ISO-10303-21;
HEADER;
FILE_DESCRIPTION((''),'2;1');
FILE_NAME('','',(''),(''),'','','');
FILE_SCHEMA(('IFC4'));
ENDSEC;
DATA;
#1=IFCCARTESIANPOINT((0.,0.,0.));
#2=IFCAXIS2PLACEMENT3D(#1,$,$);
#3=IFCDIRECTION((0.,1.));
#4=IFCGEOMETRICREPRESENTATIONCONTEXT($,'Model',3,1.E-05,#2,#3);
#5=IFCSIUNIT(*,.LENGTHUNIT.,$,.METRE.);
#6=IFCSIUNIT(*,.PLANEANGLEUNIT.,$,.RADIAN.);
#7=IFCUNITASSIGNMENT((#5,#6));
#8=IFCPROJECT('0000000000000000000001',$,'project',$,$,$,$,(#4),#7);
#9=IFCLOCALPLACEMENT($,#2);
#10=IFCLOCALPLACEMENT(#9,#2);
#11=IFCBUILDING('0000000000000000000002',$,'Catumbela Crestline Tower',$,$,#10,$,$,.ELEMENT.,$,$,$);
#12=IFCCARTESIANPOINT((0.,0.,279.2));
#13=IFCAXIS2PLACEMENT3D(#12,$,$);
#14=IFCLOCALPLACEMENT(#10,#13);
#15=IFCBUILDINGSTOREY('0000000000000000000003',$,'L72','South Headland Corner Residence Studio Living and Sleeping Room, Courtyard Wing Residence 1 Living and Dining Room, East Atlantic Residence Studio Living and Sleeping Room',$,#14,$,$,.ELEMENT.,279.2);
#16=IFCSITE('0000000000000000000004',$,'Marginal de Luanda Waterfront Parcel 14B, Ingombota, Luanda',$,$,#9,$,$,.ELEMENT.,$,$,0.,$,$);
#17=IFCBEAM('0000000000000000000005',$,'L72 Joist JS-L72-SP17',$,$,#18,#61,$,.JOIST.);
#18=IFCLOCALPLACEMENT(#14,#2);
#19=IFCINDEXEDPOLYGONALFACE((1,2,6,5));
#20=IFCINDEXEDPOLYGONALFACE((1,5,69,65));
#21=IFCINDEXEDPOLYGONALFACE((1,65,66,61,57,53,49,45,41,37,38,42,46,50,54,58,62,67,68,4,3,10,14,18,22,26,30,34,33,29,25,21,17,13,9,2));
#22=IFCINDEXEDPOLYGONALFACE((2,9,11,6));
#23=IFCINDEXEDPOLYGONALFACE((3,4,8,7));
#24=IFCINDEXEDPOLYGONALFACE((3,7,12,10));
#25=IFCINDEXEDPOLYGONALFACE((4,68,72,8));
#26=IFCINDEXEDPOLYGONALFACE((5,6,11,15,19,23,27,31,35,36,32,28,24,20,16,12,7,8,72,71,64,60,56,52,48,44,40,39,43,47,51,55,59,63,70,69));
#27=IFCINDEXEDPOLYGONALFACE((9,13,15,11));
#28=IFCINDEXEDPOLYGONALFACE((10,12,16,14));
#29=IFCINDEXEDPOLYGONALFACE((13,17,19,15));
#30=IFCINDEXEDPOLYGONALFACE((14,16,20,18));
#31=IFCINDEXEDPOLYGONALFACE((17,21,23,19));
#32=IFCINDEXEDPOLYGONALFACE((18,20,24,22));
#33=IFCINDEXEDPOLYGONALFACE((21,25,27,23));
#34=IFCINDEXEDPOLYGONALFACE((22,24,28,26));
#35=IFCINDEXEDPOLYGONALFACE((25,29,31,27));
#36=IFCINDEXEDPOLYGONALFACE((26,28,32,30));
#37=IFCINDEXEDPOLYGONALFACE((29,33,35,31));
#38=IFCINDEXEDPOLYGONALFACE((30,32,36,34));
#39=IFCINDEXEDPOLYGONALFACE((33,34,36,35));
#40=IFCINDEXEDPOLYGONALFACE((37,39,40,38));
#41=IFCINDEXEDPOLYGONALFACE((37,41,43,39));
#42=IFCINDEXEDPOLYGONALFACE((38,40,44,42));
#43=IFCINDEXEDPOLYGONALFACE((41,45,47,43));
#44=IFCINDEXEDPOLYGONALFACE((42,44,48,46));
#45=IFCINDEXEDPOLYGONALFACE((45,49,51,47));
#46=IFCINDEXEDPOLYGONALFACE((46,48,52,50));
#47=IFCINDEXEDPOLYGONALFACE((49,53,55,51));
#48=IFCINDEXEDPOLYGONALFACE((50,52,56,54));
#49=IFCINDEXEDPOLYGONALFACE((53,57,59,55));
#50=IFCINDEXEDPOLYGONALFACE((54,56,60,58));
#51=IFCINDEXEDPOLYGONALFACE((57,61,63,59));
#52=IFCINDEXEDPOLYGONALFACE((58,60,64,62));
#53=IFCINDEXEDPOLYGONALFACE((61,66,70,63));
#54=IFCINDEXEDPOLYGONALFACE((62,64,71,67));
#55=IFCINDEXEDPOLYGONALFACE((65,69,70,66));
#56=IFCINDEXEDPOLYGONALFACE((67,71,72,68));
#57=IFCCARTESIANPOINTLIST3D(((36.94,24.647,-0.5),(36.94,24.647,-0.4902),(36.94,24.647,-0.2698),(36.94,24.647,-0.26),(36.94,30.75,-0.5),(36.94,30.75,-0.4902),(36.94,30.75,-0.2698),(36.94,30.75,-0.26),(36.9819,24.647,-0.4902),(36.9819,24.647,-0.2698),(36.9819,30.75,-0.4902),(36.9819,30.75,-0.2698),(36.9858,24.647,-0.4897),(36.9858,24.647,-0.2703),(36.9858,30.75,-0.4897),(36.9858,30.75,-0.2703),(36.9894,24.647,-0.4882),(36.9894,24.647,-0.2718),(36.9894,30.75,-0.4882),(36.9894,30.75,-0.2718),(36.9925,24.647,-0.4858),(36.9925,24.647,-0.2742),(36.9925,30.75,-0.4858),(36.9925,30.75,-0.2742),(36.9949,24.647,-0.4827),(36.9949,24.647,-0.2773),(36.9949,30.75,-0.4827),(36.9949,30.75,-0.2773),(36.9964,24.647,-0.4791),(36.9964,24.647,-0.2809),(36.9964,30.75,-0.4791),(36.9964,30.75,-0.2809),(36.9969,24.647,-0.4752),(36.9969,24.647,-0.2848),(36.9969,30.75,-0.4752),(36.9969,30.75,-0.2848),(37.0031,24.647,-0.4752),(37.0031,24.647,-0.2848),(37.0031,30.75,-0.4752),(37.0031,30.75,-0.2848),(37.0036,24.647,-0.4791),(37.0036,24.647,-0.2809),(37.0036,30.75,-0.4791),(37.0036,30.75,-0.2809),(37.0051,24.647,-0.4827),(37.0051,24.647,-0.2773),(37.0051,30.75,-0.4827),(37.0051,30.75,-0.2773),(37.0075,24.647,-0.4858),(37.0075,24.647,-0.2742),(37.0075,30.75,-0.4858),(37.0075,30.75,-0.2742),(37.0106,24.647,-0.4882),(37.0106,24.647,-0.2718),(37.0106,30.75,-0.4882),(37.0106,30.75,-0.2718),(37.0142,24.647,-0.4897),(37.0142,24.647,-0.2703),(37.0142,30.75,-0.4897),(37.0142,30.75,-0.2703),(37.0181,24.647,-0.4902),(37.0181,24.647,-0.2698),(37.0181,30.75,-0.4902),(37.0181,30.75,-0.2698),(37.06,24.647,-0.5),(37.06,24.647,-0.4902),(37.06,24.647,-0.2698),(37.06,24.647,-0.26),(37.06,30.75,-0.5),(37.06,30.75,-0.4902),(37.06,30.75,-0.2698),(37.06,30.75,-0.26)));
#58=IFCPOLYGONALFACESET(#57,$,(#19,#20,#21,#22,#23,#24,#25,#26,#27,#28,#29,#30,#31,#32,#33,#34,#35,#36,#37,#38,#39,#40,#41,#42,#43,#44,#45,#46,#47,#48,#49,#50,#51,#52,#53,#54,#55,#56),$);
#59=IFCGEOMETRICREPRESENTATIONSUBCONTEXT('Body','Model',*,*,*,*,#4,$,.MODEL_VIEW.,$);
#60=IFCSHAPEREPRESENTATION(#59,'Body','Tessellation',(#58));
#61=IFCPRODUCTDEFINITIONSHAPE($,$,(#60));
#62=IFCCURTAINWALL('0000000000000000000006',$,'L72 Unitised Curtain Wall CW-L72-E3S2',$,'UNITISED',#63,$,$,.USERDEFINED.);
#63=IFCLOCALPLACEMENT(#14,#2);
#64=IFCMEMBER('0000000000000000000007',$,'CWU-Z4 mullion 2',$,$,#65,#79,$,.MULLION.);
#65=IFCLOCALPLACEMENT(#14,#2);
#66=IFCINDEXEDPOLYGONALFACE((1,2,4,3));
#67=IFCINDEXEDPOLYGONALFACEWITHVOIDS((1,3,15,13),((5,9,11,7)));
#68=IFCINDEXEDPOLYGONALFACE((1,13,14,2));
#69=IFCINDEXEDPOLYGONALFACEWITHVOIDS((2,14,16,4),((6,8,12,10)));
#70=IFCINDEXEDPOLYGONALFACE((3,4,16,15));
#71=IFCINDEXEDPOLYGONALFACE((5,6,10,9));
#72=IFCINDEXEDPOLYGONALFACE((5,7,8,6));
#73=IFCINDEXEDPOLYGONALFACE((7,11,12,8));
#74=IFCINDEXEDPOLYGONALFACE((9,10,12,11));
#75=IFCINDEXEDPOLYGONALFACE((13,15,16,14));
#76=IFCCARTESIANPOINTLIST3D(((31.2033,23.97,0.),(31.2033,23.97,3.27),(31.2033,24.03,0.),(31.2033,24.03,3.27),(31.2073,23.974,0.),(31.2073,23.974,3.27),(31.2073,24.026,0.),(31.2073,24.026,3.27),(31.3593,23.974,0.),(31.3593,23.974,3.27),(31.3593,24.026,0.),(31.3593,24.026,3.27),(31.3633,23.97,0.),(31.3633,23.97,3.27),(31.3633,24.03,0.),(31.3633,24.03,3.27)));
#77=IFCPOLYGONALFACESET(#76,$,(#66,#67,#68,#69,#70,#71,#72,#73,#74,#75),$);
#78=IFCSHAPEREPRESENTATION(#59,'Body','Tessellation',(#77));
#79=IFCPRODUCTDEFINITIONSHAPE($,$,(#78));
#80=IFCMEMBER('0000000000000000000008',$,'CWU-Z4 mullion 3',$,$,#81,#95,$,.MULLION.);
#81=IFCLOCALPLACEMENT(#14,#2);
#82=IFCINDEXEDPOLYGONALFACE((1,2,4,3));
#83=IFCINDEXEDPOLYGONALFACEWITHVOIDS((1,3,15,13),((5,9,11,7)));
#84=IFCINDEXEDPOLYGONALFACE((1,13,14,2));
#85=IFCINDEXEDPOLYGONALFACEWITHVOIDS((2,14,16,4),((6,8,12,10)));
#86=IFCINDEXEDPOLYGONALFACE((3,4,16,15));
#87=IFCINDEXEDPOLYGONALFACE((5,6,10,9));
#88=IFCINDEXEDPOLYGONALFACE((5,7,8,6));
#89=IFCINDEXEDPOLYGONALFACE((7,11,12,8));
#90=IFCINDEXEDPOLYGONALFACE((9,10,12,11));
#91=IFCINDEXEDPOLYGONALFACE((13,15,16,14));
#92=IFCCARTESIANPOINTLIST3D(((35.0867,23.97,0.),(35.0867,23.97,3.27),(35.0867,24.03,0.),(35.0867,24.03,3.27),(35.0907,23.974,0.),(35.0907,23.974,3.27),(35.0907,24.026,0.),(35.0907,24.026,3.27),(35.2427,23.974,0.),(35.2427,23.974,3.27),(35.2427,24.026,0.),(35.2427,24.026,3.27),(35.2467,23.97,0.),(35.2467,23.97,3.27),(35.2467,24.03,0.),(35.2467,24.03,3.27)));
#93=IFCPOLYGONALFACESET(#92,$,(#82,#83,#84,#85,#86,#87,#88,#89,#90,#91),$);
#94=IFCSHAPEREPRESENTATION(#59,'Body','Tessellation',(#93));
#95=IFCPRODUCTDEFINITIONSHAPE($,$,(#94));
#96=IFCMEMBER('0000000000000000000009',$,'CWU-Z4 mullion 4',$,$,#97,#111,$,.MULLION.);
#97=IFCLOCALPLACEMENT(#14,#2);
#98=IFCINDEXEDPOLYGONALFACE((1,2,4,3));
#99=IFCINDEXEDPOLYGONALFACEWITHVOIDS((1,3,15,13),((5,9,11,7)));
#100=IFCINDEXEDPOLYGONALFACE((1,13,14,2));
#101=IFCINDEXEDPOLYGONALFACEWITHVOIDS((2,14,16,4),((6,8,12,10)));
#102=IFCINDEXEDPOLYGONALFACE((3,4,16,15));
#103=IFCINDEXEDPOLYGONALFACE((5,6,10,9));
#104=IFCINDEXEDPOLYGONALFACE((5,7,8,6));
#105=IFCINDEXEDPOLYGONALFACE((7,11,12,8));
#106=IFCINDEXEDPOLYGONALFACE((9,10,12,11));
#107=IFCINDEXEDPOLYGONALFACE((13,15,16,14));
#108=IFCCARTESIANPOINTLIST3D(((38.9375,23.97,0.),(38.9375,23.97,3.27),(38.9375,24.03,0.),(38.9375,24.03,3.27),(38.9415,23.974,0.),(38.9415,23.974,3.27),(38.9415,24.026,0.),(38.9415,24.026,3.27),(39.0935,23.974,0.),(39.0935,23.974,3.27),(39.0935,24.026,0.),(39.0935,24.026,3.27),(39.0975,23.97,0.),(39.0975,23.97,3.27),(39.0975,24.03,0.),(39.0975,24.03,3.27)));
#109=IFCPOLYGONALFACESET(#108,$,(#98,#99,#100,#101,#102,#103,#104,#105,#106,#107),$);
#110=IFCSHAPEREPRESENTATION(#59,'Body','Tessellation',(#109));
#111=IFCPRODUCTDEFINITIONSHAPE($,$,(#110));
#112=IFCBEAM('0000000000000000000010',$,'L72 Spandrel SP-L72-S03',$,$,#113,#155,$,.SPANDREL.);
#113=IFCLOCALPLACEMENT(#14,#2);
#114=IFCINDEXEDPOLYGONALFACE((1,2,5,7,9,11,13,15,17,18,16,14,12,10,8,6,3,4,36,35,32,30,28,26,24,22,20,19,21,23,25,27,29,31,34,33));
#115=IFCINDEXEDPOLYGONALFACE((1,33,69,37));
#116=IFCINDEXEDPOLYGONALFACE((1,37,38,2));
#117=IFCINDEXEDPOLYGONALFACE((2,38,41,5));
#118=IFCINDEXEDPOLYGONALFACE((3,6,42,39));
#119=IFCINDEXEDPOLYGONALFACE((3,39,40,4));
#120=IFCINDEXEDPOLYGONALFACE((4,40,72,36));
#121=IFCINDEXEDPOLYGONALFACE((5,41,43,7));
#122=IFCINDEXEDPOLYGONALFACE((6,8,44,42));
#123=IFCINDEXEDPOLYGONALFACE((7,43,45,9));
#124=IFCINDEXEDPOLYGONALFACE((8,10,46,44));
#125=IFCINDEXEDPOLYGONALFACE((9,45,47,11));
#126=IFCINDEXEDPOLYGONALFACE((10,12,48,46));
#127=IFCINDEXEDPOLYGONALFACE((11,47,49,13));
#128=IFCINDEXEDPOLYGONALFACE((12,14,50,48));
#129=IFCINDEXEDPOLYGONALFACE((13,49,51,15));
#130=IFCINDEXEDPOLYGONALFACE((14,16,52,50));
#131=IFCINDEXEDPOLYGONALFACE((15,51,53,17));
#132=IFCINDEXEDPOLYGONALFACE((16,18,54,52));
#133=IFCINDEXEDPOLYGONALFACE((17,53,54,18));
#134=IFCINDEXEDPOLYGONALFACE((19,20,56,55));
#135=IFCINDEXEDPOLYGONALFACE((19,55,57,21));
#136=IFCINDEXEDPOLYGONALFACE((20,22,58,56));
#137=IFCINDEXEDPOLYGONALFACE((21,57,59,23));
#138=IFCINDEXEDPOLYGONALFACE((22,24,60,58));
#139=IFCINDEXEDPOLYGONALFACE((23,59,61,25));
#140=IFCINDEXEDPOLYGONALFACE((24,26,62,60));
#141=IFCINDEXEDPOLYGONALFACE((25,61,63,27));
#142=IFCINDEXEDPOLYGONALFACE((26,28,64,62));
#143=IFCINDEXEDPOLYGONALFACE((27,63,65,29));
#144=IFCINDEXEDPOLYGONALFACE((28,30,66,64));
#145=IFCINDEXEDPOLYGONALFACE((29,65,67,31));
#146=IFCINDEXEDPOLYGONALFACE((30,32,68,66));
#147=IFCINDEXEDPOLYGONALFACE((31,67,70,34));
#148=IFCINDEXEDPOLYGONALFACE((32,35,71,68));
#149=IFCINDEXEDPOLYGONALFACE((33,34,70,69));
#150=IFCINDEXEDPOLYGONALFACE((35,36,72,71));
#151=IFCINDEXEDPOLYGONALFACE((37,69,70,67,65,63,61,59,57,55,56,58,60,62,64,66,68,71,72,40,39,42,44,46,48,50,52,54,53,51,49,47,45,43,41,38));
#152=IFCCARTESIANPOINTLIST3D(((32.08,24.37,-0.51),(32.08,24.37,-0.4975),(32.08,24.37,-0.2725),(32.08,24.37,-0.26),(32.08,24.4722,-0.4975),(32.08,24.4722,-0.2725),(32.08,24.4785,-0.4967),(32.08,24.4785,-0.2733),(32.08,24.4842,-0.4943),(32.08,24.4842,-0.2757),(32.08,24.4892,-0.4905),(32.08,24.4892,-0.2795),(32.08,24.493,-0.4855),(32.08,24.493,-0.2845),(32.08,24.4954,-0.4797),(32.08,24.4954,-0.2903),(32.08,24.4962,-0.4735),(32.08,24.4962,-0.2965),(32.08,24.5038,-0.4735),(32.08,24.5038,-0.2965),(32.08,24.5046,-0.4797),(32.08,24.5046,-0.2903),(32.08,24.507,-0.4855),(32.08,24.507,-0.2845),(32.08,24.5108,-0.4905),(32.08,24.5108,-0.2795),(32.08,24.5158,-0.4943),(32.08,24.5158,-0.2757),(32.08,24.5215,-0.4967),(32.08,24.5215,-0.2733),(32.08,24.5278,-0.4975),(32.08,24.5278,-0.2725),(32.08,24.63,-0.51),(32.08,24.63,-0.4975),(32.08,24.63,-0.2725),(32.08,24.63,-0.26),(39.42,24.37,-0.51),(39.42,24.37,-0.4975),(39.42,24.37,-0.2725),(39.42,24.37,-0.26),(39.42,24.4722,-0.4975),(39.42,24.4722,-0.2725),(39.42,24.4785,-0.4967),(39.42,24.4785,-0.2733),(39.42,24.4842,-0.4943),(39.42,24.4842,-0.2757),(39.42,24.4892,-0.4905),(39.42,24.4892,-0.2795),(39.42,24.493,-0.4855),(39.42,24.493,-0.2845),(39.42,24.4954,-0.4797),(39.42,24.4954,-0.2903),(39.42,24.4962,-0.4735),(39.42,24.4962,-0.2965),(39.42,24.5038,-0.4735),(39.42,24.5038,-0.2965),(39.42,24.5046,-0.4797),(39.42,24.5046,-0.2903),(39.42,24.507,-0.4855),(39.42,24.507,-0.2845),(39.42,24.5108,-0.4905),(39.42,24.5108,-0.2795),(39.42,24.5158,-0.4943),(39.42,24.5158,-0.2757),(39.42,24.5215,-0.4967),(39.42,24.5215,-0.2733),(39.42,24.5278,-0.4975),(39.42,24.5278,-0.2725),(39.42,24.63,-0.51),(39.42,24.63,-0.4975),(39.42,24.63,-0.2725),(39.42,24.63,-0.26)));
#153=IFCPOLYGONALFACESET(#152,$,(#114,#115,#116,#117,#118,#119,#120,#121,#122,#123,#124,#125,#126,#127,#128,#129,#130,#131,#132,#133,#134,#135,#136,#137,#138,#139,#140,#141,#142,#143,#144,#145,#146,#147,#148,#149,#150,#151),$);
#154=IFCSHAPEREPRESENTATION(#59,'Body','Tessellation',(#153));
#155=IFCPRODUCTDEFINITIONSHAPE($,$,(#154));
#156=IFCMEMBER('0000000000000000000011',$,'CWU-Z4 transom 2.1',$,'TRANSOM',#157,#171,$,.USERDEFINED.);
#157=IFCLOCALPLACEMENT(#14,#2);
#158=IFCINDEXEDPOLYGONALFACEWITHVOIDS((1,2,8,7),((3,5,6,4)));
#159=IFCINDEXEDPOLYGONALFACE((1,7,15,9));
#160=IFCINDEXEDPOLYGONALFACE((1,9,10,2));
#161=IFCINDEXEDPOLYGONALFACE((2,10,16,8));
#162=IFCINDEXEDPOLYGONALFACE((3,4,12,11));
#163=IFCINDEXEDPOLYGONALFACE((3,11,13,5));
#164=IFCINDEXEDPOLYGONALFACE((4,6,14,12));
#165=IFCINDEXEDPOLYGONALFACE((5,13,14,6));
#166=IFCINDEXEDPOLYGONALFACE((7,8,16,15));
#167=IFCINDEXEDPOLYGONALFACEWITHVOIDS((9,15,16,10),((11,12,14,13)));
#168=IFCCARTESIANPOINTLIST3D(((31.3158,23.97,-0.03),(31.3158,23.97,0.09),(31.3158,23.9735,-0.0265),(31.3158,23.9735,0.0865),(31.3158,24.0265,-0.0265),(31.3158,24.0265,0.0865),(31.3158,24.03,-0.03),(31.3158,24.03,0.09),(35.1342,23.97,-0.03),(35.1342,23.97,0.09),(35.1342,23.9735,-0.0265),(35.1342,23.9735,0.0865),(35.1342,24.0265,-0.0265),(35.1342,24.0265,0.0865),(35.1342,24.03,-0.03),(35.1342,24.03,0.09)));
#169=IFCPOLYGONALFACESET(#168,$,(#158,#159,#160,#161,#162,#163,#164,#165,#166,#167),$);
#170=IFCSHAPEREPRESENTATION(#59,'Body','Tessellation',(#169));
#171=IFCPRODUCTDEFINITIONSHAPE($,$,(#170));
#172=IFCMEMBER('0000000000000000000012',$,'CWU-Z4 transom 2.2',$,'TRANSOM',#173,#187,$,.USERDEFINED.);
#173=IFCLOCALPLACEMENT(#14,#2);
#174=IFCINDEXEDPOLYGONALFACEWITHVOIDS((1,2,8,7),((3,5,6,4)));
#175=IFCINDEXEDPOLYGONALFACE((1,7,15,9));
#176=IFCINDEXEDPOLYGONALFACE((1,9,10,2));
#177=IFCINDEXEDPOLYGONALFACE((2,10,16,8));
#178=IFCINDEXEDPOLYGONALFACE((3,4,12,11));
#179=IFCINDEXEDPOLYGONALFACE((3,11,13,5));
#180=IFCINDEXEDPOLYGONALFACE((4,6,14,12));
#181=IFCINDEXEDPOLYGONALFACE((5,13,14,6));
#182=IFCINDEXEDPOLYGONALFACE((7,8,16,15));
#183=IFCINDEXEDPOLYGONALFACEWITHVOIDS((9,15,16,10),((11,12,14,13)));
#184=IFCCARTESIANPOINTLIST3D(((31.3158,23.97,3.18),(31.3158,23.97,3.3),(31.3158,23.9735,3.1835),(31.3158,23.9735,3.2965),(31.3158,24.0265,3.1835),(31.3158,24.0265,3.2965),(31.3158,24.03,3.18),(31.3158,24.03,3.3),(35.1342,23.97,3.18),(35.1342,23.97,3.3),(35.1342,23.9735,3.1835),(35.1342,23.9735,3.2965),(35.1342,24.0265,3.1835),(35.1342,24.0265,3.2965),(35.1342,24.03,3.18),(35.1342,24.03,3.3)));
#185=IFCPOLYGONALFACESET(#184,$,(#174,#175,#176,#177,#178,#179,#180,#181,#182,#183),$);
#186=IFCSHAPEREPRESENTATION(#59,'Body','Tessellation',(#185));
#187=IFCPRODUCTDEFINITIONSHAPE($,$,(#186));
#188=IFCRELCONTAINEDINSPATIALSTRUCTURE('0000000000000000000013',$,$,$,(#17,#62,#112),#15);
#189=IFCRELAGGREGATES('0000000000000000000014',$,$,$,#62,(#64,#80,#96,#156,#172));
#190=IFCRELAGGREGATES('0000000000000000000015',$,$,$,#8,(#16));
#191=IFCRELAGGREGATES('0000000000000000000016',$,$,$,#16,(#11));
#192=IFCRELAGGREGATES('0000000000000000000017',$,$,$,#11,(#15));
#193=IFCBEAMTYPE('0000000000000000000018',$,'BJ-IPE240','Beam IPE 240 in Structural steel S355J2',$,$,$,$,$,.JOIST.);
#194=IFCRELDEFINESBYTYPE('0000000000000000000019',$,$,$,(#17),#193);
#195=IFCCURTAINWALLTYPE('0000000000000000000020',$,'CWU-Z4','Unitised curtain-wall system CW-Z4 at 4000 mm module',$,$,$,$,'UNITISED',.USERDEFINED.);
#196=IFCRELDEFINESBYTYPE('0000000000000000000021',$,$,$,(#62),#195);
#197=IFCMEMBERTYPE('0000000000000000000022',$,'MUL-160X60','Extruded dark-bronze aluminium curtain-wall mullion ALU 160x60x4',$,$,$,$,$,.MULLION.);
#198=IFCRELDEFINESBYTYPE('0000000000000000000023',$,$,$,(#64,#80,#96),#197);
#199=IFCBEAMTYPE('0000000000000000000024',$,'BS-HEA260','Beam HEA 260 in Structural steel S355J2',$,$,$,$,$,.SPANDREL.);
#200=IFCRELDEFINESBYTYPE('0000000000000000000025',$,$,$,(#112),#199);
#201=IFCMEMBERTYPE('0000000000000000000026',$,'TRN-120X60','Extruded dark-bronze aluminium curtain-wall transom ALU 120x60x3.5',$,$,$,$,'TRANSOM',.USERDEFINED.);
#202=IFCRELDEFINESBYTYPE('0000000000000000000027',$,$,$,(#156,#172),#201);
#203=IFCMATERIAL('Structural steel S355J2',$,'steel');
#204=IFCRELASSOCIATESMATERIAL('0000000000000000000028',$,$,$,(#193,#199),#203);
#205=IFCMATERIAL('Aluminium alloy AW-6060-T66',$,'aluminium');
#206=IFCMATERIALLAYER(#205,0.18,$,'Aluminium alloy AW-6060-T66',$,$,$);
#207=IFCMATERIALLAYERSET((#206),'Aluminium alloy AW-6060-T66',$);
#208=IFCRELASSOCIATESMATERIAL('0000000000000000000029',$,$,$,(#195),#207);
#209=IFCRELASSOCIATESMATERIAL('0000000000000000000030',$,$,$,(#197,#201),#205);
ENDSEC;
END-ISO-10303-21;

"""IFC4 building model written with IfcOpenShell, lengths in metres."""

from ifc_helpers import new_model, si_unit, direction, frame, origin, origin_2d, place, context, subcontext, project, spatial, hollow_rectangle, i_section, extrude, material, layer, layer_set, material_profile, profile_set, type_object, element, aggregate, save


model = new_model("IFC4")

# Units and contexts
model_context = context("Model", 3, precision=1e-05, world=origin(), true_north=direction((0.0, 1.0)))
body_context = subcontext(model_context, "Body", "Model", "MODEL_VIEW")
ifc_project = project(units=[si_unit("LENGTHUNIT", "METRE"), si_unit("PLANEANGLEUNIT", "RADIAN")], contexts=[model_context])

# Site, building, storey
site_placement = place(None, origin())
site = spatial("IfcSite", under=ifc_project, at=site_placement, Name="Marginal de Luanda Waterfront Parcel 14B, Ingombota, Luanda", CompositionType="ELEMENT", RefElevation=0.0)
building_placement = place(site_placement, origin())
building = spatial("IfcBuilding", under=site, at=building_placement, Name="Catumbela Crestline Tower", CompositionType="ELEMENT")
storey_placement = place(building_placement, frame((0.0, 0.0, 279.2)))
storey = spatial("IfcBuildingStorey", under=building, at=storey_placement, Name="L72", Description="South Headland Corner Residence Studio Living and Sleeping Room, Courtyard Wing Residence 1 Living and Dining Room, East Atlantic Residence Studio Living and Sleeping Room", CompositionType="ELEMENT", Elevation=279.2)

# Beam
ifc_material_1 = material(Name="Structural steel S355J2", Category="steel")
ifc_material_profile_1 = material_profile(ifc_material_1, i_section(OverallWidth=0.12, OverallDepth=0.24, WebThickness=0.0062, FlangeThickness=0.0098, FilletRadius=0.015, at=origin_2d()), Name="IPE 240")
ifc_profile_set_1 = profile_set([ifc_material_profile_1], Name="Structural steel S355J2")
beam_type_1 = type_object("IfcBeamType", Name="BJ-IPE240", Description="Beam IPE 240 in Structural steel S355J2", PredefinedType="JOIST", material=ifc_profile_set_1)
for number, where, z_axis, x_axis, name in (
    (1, (37.0, 24.647, -0.38), (0.0, 1.0, 0.0), (-1.0, 0.0, 0.0), "L72 Joist JS-L72-SP17"),
):
    element("IfcBeam", number, at=place(storey_placement, frame(where, z_axis=z_axis, x_axis=x_axis)), inside=storey, type_object=beam_type_1, Name=name, PredefinedType="JOIST", context=body_context, shape_type="SweptSolid", body=[
        extrude(i_section(OverallWidth=0.12, OverallDepth=0.24, WebThickness=0.0062, FlangeThickness=0.0098, FilletRadius=0.015, at=origin_2d()), origin(), (0.0, 0.0, 1.0), 6.103),
    ])

# Curtain wall, members
ifc_material_2 = material(Name="Aluminium alloy AW-6060-T66", Category="aluminium")
ifc_layer_1 = layer(ifc_material_2, 0.18, Name="Aluminium alloy AW-6060-T66")
ifc_layer_set_1 = layer_set([ifc_layer_1], Name="Aluminium alloy AW-6060-T66")
curtain_wall_type = type_object("IfcCurtainWallType", Name="CWU-Z4", Description="Unitised curtain-wall system CW-Z4 at 4000 mm module", ElementType="UNITISED", PredefinedType="USERDEFINED", material=ifc_layer_set_1)
curtain_wall_placement = place(storey_placement, origin())
curtain_wall = element("IfcCurtainWall", 2, at=curtain_wall_placement, inside=storey, type_object=curtain_wall_type, Name="L72 Unitised Curtain Wall CW-L72-E3S2", ObjectType="UNITISED", PredefinedType="USERDEFINED")
ifc_material_profile_2 = material_profile(ifc_material_2, hollow_rectangle(XDim=0.06, YDim=0.16, WallThickness=0.004, at=origin_2d()), Name="ALU 160x60x4")
ifc_profile_set_2 = profile_set([ifc_material_profile_2], Name="Aluminium alloy AW-6060-T66")
member_type_1 = type_object("IfcMemberType", Name="MUL-160X60", Description="Extruded dark-bronze aluminium curtain-wall mullion ALU 160x60x4", PredefinedType="MULLION", material=ifc_profile_set_2)
member_1_placement = place(storey_placement, frame((31.2833, 24.0, 0.0), z_axis=(0.0, 0.0, 1.0), x_axis=(0.0, 1.0, 0.0)))
member_1 = element("IfcMember", 3, at=member_1_placement, type_object=member_type_1, Name="CWU-Z4 mullion 2", PredefinedType="MULLION", context=body_context, shape_type="SweptSolid", body=[
    extrude(hollow_rectangle(XDim=0.06, YDim=0.16, WallThickness=0.004, at=origin_2d()), origin(), (0.0, 0.0, 1.0), 3.27),
])
member_2_placement = place(storey_placement, frame((35.1667, 24.0, 0.0), z_axis=(0.0, 0.0, 1.0), x_axis=(0.0, 1.0, 0.0)))
member_2 = element("IfcMember", 4, at=member_2_placement, type_object=member_type_1, Name="CWU-Z4 mullion 3", PredefinedType="MULLION", context=body_context, shape_type="SweptSolid", body=[
    extrude(hollow_rectangle(XDim=0.06, YDim=0.16, WallThickness=0.004, at=origin_2d()), origin(), (0.0, 0.0, 1.0), 3.27),
])
member_3_placement = place(storey_placement, frame((39.0175, 24.0, 0.0), z_axis=(0.0, 0.0, 1.0), x_axis=(0.0, 1.0, 0.0)))
member_3 = element("IfcMember", 5, at=member_3_placement, type_object=member_type_1, Name="CWU-Z4 mullion 4", PredefinedType="MULLION", context=body_context, shape_type="SweptSolid", body=[
    extrude(hollow_rectangle(XDim=0.06, YDim=0.16, WallThickness=0.004, at=origin_2d()), origin(), (0.0, 0.0, 1.0), 3.27),
])

# Beam
ifc_material_profile_3 = material_profile(ifc_material_1, i_section(OverallWidth=0.26, OverallDepth=0.25, WebThickness=0.0075, FlangeThickness=0.0125, FilletRadius=0.024, at=origin_2d()), Name="HEA 260")
ifc_profile_set_3 = profile_set([ifc_material_profile_3], Name="Structural steel S355J2")
beam_type_2 = type_object("IfcBeamType", Name="BS-HEA260", Description="Beam HEA 260 in Structural steel S355J2", PredefinedType="SPANDREL", material=ifc_profile_set_3)
beam_placement = place(storey_placement, frame((32.08, 24.5, -0.385), z_axis=(1.0, 0.0, 0.0), x_axis=(0.0, 1.0, 0.0)))
element("IfcBeam", 6, at=beam_placement, inside=storey, type_object=beam_type_2, Name="L72 Spandrel SP-L72-S03", PredefinedType="SPANDREL", context=body_context, shape_type="SweptSolid", body=[
    extrude(i_section(OverallWidth=0.26, OverallDepth=0.25, WebThickness=0.0075, FlangeThickness=0.0125, FilletRadius=0.024, at=origin_2d()), origin(), (0.0, 0.0, 1.0), 7.34),
])

# Members
ifc_material_profile_4 = material_profile(ifc_material_2, hollow_rectangle(XDim=0.06, YDim=0.12, WallThickness=0.0035, at=origin_2d()), Name="ALU 120x60x3.5")
ifc_profile_set_4 = profile_set([ifc_material_profile_4], Name="Aluminium alloy AW-6060-T66")
member_type_2 = type_object("IfcMemberType", Name="TRN-120X60", Description="Extruded dark-bronze aluminium curtain-wall transom ALU 120x60x3.5", ElementType="TRANSOM", PredefinedType="USERDEFINED", material=ifc_profile_set_4)
member_4_placement = place(storey_placement, frame((31.3158, 24.0, 0.03), z_axis=(1.0, 0.0, 0.0), x_axis=(0.0, 1.0, 0.0)))
member_4 = element("IfcMember", 7, at=member_4_placement, type_object=member_type_2, Name="CWU-Z4 transom 2.1", ObjectType="TRANSOM", PredefinedType="USERDEFINED", context=body_context, shape_type="SweptSolid", body=[
    extrude(hollow_rectangle(XDim=0.06, YDim=0.12, WallThickness=0.0035, at=origin_2d()), origin(), (0.0, 0.0, 1.0), 3.8184),
])
member_5_placement = place(storey_placement, frame((31.3158, 24.0, 3.24), z_axis=(1.0, 0.0, 0.0), x_axis=(0.0, 1.0, 0.0)))
member_5 = element("IfcMember", 8, at=member_5_placement, type_object=member_type_2, Name="CWU-Z4 transom 2.2", ObjectType="TRANSOM", PredefinedType="USERDEFINED", context=body_context, shape_type="SweptSolid", body=[
    extrude(hollow_rectangle(XDim=0.06, YDim=0.12, WallThickness=0.0035, at=origin_2d()), origin(), (0.0, 0.0, 1.0), 3.8184),
])

aggregate(curtain_wall, [member_1, member_2, member_3, member_4, member_5])

save(model, "model.ifc")
